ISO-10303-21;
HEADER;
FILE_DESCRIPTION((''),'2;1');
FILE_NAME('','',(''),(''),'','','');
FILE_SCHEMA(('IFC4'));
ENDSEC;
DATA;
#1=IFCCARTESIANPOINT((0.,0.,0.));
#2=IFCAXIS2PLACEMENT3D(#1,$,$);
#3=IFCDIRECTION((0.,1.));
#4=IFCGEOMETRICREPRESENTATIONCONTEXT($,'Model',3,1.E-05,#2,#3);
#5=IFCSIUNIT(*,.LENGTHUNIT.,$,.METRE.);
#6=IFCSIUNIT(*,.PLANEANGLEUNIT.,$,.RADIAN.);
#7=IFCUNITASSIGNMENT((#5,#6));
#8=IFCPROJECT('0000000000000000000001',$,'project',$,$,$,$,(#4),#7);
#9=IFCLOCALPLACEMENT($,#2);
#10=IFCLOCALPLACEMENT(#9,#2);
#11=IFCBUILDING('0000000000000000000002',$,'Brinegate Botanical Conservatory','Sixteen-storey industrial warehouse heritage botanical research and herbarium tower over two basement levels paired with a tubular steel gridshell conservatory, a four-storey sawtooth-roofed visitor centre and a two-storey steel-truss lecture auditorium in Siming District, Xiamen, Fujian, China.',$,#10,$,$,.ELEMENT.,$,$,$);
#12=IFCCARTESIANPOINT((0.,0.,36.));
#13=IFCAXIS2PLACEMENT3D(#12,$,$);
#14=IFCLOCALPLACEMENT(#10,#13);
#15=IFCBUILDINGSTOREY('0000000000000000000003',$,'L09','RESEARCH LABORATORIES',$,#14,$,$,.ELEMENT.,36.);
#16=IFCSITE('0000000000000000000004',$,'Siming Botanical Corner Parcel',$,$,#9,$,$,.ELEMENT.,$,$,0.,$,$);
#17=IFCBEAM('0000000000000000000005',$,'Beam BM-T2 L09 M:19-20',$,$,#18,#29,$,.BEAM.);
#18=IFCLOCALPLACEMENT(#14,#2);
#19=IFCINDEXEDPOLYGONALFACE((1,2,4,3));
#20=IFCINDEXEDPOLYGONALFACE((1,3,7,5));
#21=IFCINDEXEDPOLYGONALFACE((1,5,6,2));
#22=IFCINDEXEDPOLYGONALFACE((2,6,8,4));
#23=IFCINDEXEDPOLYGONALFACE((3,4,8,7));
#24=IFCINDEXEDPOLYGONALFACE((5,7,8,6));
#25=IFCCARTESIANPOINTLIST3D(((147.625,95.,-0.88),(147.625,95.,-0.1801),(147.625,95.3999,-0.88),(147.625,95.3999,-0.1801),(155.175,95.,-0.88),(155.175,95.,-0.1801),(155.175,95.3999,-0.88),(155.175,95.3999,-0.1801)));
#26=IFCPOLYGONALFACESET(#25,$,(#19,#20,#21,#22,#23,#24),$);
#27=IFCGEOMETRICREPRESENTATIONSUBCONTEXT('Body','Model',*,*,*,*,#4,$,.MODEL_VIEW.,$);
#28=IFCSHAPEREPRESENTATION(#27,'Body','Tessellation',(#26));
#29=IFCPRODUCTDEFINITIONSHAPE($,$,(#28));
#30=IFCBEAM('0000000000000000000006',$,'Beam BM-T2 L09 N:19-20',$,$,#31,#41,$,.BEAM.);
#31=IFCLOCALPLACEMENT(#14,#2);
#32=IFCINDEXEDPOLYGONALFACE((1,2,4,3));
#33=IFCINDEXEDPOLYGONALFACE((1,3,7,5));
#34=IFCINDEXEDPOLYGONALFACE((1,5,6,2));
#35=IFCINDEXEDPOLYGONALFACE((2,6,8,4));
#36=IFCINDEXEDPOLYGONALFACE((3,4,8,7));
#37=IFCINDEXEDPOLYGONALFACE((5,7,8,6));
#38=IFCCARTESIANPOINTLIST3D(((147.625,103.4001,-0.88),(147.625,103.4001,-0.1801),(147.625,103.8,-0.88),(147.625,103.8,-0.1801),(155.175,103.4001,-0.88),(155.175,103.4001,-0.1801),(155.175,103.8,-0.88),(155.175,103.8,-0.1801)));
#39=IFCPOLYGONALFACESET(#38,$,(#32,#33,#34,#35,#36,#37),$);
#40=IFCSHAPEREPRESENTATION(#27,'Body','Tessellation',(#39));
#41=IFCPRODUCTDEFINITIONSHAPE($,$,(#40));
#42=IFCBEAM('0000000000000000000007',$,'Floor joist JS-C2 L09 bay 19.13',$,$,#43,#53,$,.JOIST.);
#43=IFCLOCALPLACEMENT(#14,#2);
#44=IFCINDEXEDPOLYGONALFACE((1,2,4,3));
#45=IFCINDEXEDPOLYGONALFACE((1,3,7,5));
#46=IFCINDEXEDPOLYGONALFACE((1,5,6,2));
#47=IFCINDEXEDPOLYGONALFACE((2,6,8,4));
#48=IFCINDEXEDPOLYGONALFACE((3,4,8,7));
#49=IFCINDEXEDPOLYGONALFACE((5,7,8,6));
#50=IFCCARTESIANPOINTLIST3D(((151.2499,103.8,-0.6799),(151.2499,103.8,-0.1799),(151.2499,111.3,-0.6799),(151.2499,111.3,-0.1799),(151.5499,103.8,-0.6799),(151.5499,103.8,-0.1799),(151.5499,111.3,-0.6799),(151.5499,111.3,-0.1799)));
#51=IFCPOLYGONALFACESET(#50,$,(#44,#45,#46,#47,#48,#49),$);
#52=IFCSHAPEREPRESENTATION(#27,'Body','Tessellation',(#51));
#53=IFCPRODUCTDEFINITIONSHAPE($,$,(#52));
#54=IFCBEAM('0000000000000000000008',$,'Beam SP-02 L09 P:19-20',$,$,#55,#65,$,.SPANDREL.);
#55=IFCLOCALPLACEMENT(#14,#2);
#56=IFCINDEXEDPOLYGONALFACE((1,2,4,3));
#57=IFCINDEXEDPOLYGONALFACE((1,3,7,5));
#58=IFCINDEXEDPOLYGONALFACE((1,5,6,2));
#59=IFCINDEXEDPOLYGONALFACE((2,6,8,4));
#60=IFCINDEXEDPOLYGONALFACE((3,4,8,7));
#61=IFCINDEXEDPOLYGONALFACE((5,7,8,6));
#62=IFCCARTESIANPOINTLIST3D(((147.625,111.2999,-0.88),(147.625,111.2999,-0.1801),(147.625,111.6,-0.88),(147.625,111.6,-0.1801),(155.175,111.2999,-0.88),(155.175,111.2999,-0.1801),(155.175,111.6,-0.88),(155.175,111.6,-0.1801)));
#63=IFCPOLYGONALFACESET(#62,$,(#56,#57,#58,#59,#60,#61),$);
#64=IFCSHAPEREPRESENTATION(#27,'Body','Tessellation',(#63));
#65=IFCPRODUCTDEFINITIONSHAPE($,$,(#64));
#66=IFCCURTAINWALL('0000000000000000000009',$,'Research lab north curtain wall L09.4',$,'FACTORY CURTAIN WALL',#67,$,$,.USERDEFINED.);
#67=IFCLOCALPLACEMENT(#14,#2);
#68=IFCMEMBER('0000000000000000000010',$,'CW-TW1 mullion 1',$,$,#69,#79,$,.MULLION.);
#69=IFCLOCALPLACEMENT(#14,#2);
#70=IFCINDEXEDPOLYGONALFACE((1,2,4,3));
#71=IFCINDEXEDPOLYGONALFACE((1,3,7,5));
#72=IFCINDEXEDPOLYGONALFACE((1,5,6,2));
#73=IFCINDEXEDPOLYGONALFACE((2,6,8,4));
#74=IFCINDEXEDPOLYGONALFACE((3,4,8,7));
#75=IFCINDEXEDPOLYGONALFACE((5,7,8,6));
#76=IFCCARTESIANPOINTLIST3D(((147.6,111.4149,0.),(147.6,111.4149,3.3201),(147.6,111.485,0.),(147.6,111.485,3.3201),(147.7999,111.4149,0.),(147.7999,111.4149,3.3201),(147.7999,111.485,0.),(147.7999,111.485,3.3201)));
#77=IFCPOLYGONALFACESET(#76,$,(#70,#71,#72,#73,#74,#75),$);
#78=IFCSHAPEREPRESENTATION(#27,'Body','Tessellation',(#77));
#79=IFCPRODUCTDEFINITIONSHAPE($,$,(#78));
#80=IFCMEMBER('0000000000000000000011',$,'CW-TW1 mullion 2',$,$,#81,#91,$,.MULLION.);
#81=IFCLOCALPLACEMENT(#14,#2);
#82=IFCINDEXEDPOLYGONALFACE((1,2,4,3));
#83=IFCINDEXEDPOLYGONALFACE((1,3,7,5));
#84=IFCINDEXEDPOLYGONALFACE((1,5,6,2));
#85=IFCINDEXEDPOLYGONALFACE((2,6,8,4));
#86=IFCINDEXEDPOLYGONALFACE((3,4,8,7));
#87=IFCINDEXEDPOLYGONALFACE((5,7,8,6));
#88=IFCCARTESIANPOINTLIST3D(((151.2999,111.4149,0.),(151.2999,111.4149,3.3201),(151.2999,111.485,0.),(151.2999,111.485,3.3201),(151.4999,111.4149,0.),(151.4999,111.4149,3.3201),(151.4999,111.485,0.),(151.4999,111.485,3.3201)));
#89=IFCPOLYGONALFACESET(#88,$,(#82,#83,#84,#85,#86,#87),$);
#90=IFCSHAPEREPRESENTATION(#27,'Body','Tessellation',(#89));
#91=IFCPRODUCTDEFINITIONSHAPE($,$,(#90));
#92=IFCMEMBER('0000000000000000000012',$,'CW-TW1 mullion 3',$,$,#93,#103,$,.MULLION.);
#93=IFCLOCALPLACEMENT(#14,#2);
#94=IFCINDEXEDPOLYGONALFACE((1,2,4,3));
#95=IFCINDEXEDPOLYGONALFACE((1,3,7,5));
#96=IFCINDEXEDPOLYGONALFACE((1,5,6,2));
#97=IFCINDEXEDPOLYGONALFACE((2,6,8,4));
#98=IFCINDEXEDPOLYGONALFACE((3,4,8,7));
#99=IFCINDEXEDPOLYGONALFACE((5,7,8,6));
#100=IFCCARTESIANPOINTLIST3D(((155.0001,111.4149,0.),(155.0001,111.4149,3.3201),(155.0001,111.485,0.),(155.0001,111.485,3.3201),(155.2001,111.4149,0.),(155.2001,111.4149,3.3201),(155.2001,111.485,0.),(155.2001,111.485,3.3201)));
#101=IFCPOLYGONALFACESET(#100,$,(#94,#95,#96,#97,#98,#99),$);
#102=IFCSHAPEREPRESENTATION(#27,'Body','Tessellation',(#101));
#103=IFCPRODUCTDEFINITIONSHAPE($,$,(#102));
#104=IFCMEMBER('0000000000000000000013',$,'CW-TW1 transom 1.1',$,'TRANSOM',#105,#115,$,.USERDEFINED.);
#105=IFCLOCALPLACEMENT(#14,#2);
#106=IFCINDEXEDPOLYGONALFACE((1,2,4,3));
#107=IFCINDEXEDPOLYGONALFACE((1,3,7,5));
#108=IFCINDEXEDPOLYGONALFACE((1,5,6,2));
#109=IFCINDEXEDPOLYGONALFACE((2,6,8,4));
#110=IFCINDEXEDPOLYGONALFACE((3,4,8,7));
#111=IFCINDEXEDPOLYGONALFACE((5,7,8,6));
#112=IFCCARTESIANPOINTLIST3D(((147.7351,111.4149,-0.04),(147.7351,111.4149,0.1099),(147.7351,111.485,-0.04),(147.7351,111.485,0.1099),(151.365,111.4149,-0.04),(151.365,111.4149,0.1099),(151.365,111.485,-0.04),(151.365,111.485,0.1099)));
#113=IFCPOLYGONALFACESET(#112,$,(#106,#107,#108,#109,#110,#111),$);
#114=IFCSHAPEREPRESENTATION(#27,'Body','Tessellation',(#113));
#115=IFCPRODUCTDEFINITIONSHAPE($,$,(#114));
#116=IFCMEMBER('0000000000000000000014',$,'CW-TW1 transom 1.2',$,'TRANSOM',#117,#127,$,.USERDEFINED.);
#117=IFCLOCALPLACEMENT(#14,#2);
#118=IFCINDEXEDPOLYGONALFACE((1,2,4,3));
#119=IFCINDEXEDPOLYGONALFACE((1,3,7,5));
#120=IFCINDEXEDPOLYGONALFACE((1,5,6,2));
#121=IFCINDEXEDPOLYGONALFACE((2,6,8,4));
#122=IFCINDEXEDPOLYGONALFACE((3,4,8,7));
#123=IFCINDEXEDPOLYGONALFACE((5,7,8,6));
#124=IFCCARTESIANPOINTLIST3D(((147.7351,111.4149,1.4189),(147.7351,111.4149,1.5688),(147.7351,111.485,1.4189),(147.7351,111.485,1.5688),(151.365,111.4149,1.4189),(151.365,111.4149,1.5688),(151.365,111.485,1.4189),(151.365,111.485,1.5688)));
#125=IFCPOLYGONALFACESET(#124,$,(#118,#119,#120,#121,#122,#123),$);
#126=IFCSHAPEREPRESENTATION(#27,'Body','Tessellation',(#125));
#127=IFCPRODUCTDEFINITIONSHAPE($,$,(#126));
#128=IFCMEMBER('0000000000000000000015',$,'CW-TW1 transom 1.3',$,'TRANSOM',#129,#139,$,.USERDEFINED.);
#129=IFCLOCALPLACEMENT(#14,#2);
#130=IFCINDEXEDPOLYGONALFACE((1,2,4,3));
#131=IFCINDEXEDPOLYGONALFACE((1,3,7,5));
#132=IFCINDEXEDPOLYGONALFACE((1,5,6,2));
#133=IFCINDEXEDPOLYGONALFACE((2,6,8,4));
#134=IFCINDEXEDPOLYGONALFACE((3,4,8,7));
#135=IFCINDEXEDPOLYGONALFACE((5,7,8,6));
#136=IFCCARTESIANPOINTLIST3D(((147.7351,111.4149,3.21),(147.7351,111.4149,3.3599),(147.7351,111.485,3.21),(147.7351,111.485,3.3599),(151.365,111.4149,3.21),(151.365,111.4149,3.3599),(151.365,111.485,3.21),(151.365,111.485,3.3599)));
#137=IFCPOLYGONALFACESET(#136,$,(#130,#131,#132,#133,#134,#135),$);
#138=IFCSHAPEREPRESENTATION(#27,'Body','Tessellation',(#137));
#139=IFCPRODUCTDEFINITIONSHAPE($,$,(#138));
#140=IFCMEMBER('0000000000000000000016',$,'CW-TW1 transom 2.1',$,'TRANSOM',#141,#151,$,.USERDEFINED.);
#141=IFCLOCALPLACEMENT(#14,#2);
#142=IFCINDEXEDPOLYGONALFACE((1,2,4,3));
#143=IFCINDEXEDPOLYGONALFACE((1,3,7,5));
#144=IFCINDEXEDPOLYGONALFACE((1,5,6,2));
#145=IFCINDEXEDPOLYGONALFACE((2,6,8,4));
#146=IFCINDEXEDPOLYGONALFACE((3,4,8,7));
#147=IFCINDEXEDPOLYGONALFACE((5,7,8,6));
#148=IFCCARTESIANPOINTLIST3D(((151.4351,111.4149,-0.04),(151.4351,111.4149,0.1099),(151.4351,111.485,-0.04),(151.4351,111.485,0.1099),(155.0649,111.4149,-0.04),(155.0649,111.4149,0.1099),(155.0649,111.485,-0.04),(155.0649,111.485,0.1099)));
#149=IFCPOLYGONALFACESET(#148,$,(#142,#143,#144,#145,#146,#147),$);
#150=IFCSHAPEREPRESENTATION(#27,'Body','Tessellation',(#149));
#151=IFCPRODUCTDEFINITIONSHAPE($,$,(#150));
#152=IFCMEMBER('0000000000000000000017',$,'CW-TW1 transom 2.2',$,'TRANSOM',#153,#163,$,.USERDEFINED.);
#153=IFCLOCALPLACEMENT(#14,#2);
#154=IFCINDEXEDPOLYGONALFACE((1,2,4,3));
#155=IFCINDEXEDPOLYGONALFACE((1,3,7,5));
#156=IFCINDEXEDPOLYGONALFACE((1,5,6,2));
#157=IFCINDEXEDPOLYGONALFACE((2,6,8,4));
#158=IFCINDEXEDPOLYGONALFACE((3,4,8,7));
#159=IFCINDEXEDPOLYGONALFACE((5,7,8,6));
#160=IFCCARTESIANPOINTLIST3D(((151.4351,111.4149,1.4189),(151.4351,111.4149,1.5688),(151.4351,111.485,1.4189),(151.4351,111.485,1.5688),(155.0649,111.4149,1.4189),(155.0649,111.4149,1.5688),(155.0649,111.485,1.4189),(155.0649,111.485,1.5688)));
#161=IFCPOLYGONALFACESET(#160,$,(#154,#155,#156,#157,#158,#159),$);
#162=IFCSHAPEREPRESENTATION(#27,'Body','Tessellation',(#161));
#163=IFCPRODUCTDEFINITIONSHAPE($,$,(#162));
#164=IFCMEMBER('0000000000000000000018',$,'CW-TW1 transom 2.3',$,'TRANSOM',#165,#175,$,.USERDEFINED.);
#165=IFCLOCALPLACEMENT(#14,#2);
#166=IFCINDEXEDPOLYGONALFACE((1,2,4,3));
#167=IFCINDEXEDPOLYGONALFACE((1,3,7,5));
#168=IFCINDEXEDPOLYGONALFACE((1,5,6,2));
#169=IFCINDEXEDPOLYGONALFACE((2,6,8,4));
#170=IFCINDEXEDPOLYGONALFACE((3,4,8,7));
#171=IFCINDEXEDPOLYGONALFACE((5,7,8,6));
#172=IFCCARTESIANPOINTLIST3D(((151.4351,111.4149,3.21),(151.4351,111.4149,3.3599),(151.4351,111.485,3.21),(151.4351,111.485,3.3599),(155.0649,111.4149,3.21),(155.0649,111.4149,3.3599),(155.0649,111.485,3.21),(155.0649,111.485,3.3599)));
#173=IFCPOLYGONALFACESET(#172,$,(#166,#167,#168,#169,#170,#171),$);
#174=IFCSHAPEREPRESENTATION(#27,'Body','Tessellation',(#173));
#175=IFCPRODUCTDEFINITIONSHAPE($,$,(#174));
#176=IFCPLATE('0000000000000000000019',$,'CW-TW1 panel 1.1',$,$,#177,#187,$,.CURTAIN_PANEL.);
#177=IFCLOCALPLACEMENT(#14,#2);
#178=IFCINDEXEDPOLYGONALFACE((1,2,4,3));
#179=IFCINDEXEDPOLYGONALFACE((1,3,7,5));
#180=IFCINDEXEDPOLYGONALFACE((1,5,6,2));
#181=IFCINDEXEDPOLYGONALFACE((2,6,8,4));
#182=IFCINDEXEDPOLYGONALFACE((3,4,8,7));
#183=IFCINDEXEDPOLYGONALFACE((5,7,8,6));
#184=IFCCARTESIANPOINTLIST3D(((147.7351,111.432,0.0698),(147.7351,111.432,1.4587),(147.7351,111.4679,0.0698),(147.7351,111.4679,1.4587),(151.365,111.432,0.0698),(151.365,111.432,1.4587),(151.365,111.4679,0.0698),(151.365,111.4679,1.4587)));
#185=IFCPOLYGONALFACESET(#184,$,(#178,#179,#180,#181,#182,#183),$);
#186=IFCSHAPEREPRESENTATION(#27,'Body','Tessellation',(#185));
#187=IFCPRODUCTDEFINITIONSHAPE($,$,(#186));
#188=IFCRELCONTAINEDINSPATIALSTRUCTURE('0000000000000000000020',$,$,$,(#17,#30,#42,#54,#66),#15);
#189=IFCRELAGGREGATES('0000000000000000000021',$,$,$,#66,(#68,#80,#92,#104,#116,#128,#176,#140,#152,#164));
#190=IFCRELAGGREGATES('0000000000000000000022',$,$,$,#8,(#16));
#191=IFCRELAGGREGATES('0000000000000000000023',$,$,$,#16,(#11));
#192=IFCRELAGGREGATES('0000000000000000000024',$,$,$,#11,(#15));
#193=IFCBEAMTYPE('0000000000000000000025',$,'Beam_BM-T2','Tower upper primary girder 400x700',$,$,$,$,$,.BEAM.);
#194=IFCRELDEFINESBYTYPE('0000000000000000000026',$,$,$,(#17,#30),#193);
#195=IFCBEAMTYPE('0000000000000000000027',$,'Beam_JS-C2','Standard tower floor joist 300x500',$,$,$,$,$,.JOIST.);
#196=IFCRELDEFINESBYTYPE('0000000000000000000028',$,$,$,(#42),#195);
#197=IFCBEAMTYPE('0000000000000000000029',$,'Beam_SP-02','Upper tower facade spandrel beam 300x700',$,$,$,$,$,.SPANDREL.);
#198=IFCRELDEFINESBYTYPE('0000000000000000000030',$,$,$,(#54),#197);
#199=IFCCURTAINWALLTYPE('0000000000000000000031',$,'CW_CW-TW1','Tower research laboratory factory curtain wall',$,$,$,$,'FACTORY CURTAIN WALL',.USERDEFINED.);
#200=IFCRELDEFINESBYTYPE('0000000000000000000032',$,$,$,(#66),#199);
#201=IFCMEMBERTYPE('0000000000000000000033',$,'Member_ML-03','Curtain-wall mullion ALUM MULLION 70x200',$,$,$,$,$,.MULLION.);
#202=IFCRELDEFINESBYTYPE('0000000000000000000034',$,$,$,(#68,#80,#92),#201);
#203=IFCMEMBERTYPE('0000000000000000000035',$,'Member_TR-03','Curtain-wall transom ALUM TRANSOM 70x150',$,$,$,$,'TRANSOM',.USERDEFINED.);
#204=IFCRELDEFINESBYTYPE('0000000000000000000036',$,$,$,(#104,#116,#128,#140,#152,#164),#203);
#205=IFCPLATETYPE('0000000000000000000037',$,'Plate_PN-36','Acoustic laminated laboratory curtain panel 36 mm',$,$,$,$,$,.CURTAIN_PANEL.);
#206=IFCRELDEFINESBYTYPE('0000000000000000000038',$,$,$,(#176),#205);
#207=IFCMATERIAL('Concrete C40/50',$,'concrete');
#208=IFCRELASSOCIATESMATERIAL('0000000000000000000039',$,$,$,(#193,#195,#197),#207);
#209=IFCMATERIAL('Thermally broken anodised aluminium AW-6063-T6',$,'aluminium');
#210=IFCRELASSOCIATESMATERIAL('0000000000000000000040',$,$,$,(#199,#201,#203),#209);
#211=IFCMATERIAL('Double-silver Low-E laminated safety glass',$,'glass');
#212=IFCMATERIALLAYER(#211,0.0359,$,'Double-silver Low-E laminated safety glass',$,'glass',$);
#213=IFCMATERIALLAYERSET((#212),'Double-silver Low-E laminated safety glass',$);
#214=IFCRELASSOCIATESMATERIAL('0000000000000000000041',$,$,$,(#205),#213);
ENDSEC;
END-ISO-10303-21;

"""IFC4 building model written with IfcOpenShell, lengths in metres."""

from ifc_helpers import new_model, si_unit, direction, frame, origin, origin_2d, place, context, subcontext, project, spatial, rectangle, extrude, material, layer, layer_set, material_profile, profile_set, type_object, element, aggregate, save


model = new_model("IFC4")

# Units and contexts
model_context = context("Model", 3, precision=1e-05, world=origin(), true_north=direction((0.0, 1.0)))
body_context = subcontext(model_context, "Body", "Model", "MODEL_VIEW")
ifc_project = project(units=[si_unit("LENGTHUNIT", "METRE"), si_unit("PLANEANGLEUNIT", "RADIAN")], contexts=[model_context])

# Site, building, storey
site_placement = place(None, origin())
site = spatial("IfcSite", under=ifc_project, at=site_placement, Name="Siming Botanical Corner Parcel", CompositionType="ELEMENT", RefElevation=0.0)
building_placement = place(site_placement, origin())
building = spatial("IfcBuilding", under=site, at=building_placement, Name="Brinegate Botanical Conservatory", Description="Sixteen-storey industrial warehouse heritage botanical research and herbarium tower over two basement levels paired with a tubular steel gridshell conservatory, a four-storey sawtooth-roofed visitor centre and a two-storey steel-truss lecture auditorium in Siming District, Xiamen, Fujian, China.", CompositionType="ELEMENT")
storey_placement = place(building_placement, frame((0.0, 0.0, 36.0)))
storey = spatial("IfcBuildingStorey", under=building, at=storey_placement, Name="L09", Description="RESEARCH LABORATORIES", CompositionType="ELEMENT", Elevation=36.0)

# Beams
ifc_material_1 = material(Name="Concrete C40/50", Category="concrete")
ifc_material_profile_1 = material_profile(ifc_material_1, rectangle(XDim=0.3999, YDim=0.7, at=origin_2d()), Name="RC BM 400x700")
ifc_profile_set_1 = profile_set([ifc_material_profile_1], Name="Concrete C40/50")
beam_type_1 = type_object("IfcBeamType", Name="Beam_BM-T2", Description="Tower upper primary girder 400x700", PredefinedType="BEAM", material=ifc_profile_set_1)
for number, where, z_axis, x_axis, name in (
    (1, (147.625, 95.2, -0.53), (1.0, 0.0, 0.0), (0.0, 1.0, 0.0), "Beam BM-T2 L09 M:19-20"),
    (2, (147.625, 103.6001, -0.53), (1.0, 0.0, 0.0), (0.0, 1.0, 0.0), "Beam BM-T2 L09 N:19-20"),
):
    element("IfcBeam", number, at=place(storey_placement, frame(where, z_axis=z_axis, x_axis=x_axis)), inside=storey, type_object=beam_type_1, Name=name, PredefinedType="BEAM", context=body_context, shape_type="SweptSolid", body=[
        extrude(rectangle(XDim=0.3999, YDim=0.7, at=origin_2d()), origin(), (0.0, 0.0, 1.0), 7.55),
    ])
ifc_material_profile_2 = material_profile(ifc_material_1, rectangle(XDim=0.3, YDim=0.5, at=origin_2d()), Name="RC JST 300x500")
ifc_profile_set_2 = profile_set([ifc_material_profile_2], Name="Concrete C40/50")
beam_type_2 = type_object("IfcBeamType", Name="Beam_JS-C2", Description="Standard tower floor joist 300x500", PredefinedType="JOIST", material=ifc_profile_set_2)
beam_1_placement = place(storey_placement, frame((151.3999, 103.8, -0.4299), z_axis=(0.0, 1.0, 0.0), x_axis=(-1.0, 0.0, 0.0)))
element("IfcBeam", 3, at=beam_1_placement, inside=storey, type_object=beam_type_2, Name="Floor joist JS-C2 L09 bay 19.13", PredefinedType="JOIST", context=body_context, shape_type="SweptSolid", body=[
    extrude(rectangle(XDim=0.3, YDim=0.5, at=origin_2d()), origin(), (0.0, 0.0, 1.0), 7.5),
])
ifc_material_profile_3 = material_profile(ifc_material_1, rectangle(XDim=0.3, YDim=0.7, at=origin_2d()), Name="RC SPN 300x700")
ifc_profile_set_3 = profile_set([ifc_material_profile_3], Name="Concrete C40/50")
beam_type_3 = type_object("IfcBeamType", Name="Beam_SP-02", Description="Upper tower facade spandrel beam 300x700", PredefinedType="SPANDREL", material=ifc_profile_set_3)
beam_2_placement = place(storey_placement, frame((147.625, 111.45, -0.53), z_axis=(1.0, 0.0, 0.0), x_axis=(0.0, 1.0, 0.0)))
element("IfcBeam", 4, at=beam_2_placement, inside=storey, type_object=beam_type_3, Name="Beam SP-02 L09 P:19-20", PredefinedType="SPANDREL", context=body_context, shape_type="SweptSolid", body=[
    extrude(rectangle(XDim=0.3, YDim=0.7, at=origin_2d()), origin(), (0.0, 0.0, 1.0), 7.55),
])

# Curtain wall, members, plate
ifc_material_2 = material(Name="Thermally broken anodised aluminium AW-6063-T6", Category="aluminium")
curtain_wall_type = type_object("IfcCurtainWallType", Name="CW_CW-TW1", Description="Tower research laboratory factory curtain wall", ElementType="FACTORY CURTAIN WALL", PredefinedType="USERDEFINED", material=ifc_material_2)
curtain_wall_placement = place(storey_placement, origin())
curtain_wall = element("IfcCurtainWall", 5, at=curtain_wall_placement, inside=storey, type_object=curtain_wall_type, Name="Research lab north curtain wall L09.4", ObjectType="FACTORY CURTAIN WALL", PredefinedType="USERDEFINED")
ifc_material_profile_4 = material_profile(ifc_material_2, rectangle(XDim=0.0701, YDim=0.2, at=origin_2d()), Name="ALUM MULLION 70x200")
ifc_profile_set_4 = profile_set([ifc_material_profile_4], Name="Thermally broken anodised aluminium AW-6063-T6")
member_type_1 = type_object("IfcMemberType", Name="Member_ML-03", Description="Curtain-wall mullion ALUM MULLION 70x200", PredefinedType="MULLION", material=ifc_profile_set_4)
member_1_placement = place(storey_placement, frame((147.7, 111.45, 0.0), z_axis=(0.0, 0.0, 1.0), x_axis=(0.0, 1.0, 0.0)))
member_1 = element("IfcMember", 6, at=member_1_placement, type_object=member_type_1, Name="CW-TW1 mullion 1", PredefinedType="MULLION", context=body_context, shape_type="SweptSolid", body=[
    extrude(rectangle(XDim=0.0701, YDim=0.2, at=origin_2d()), origin(), (0.0, 0.0, 1.0), 3.3201),
])
member_2_placement = place(storey_placement, frame((151.3999, 111.45, 0.0), z_axis=(0.0, 0.0, 1.0), x_axis=(0.0, 1.0, 0.0)))
member_2 = element("IfcMember", 7, at=member_2_placement, type_object=member_type_1, Name="CW-TW1 mullion 2", PredefinedType="MULLION", context=body_context, shape_type="SweptSolid", body=[
    extrude(rectangle(XDim=0.0701, YDim=0.2, at=origin_2d()), origin(), (0.0, 0.0, 1.0), 3.3201),
])
member_3_placement = place(storey_placement, frame((155.1001, 111.45, 0.0), z_axis=(0.0, 0.0, 1.0), x_axis=(0.0, 1.0, 0.0)))
member_3 = element("IfcMember", 8, at=member_3_placement, type_object=member_type_1, Name="CW-TW1 mullion 3", PredefinedType="MULLION", context=body_context, shape_type="SweptSolid", body=[
    extrude(rectangle(XDim=0.0701, YDim=0.2, at=origin_2d()), origin(), (0.0, 0.0, 1.0), 3.3201),
])
ifc_material_profile_5 = material_profile(ifc_material_2, rectangle(XDim=0.0701, YDim=0.1499, at=origin_2d()), Name="ALUM TRANSOM 70x150")
ifc_profile_set_5 = profile_set([ifc_material_profile_5], Name="Thermally broken anodised aluminium AW-6063-T6")
member_type_2 = type_object("IfcMemberType", Name="Member_TR-03", Description="Curtain-wall transom ALUM TRANSOM 70x150", ElementType="TRANSOM", PredefinedType="USERDEFINED", material=ifc_profile_set_5)
member_4_placement = place(storey_placement, frame((147.7351, 111.45, 0.0349), z_axis=(1.0, 0.0, 0.0), x_axis=(0.0, 1.0, 0.0)))
member_4 = element("IfcMember", 9, at=member_4_placement, type_object=member_type_2, Name="CW-TW1 transom 1.1", ObjectType="TRANSOM", PredefinedType="USERDEFINED", context=body_context, shape_type="SweptSolid", body=[
    extrude(rectangle(XDim=0.0701, YDim=0.1499, at=origin_2d()), origin(), (0.0, 0.0, 1.0), 3.6299),
])
member_5_placement = place(storey_placement, frame((147.7351, 111.45, 1.4939), z_axis=(1.0, 0.0, 0.0), x_axis=(0.0, 1.0, 0.0)))
member_5 = element("IfcMember", 10, at=member_5_placement, type_object=member_type_2, Name="CW-TW1 transom 1.2", ObjectType="TRANSOM", PredefinedType="USERDEFINED", context=body_context, shape_type="SweptSolid", body=[
    extrude(rectangle(XDim=0.0701, YDim=0.1499, at=origin_2d()), origin(), (0.0, 0.0, 1.0), 3.6299),
])
member_6_placement = place(storey_placement, frame((147.7351, 111.45, 3.2849), z_axis=(1.0, 0.0, 0.0), x_axis=(0.0, 1.0, 0.0)))
member_6 = element("IfcMember", 11, at=member_6_placement, type_object=member_type_2, Name="CW-TW1 transom 1.3", ObjectType="TRANSOM", PredefinedType="USERDEFINED", context=body_context, shape_type="SweptSolid", body=[
    extrude(rectangle(XDim=0.0701, YDim=0.1499, at=origin_2d()), origin(), (0.0, 0.0, 1.0), 3.6299),
])
member_7_placement = place(storey_placement, frame((151.4351, 111.45, 0.0349), z_axis=(1.0, 0.0, 0.0), x_axis=(0.0, 1.0, 0.0)))
member_7 = element("IfcMember", 12, at=member_7_placement, type_object=member_type_2, Name="CW-TW1 transom 2.1", ObjectType="TRANSOM", PredefinedType="USERDEFINED", context=body_context, shape_type="SweptSolid", body=[
    extrude(rectangle(XDim=0.0701, YDim=0.1499, at=origin_2d()), origin(), (0.0, 0.0, 1.0), 3.6299),
])
member_8_placement = place(storey_placement, frame((151.4351, 111.45, 1.4939), z_axis=(1.0, 0.0, 0.0), x_axis=(0.0, 1.0, 0.0)))
member_8 = element("IfcMember", 13, at=member_8_placement, type_object=member_type_2, Name="CW-TW1 transom 2.2", ObjectType="TRANSOM", PredefinedType="USERDEFINED", context=body_context, shape_type="SweptSolid", body=[
    extrude(rectangle(XDim=0.0701, YDim=0.1499, at=origin_2d()), origin(), (0.0, 0.0, 1.0), 3.6299),
])
member_9_placement = place(storey_placement, frame((151.4351, 111.45, 3.2849), z_axis=(1.0, 0.0, 0.0), x_axis=(0.0, 1.0, 0.0)))
member_9 = element("IfcMember", 14, at=member_9_placement, type_object=member_type_2, Name="CW-TW1 transom 2.3", ObjectType="TRANSOM", PredefinedType="USERDEFINED", context=body_context, shape_type="SweptSolid", body=[
    extrude(rectangle(XDim=0.0701, YDim=0.1499, at=origin_2d()), origin(), (0.0, 0.0, 1.0), 3.6299),
])
ifc_material_3 = material(Name="Double-silver Low-E laminated safety glass", Category="glass")
ifc_layer_1 = layer(ifc_material_3, 0.0359, Name="Double-silver Low-E laminated safety glass", Category="glass")
ifc_layer_set_1 = layer_set([ifc_layer_1], Name="Double-silver Low-E laminated safety glass")
plate_type = type_object("IfcPlateType", Name="Plate_PN-36", Description="Acoustic laminated laboratory curtain panel 36 mm", PredefinedType="CURTAIN_PANEL", material=ifc_layer_set_1)
plate_1_placement = place(storey_placement, frame((149.55, 111.45, 0.0698), z_axis=(0.0, 0.0, 1.0), x_axis=(1.0, 0.0, 0.0)))
plate_1 = element("IfcPlate", 15, at=plate_1_placement, type_object=plate_type, Name="CW-TW1 panel 1.1", PredefinedType="CURTAIN_PANEL", context=body_context, shape_type="SweptSolid", body=[
    extrude(rectangle(XDim=3.6299, YDim=0.0359, at=origin_2d()), origin(), (0.0, 0.0, 1.0), 1.3889),
])
aggregate(curtain_wall, [member_1, member_2, member_3, member_4, member_5, member_6, plate_1, member_7, member_8, member_9])

save(model, "model.ifc")
